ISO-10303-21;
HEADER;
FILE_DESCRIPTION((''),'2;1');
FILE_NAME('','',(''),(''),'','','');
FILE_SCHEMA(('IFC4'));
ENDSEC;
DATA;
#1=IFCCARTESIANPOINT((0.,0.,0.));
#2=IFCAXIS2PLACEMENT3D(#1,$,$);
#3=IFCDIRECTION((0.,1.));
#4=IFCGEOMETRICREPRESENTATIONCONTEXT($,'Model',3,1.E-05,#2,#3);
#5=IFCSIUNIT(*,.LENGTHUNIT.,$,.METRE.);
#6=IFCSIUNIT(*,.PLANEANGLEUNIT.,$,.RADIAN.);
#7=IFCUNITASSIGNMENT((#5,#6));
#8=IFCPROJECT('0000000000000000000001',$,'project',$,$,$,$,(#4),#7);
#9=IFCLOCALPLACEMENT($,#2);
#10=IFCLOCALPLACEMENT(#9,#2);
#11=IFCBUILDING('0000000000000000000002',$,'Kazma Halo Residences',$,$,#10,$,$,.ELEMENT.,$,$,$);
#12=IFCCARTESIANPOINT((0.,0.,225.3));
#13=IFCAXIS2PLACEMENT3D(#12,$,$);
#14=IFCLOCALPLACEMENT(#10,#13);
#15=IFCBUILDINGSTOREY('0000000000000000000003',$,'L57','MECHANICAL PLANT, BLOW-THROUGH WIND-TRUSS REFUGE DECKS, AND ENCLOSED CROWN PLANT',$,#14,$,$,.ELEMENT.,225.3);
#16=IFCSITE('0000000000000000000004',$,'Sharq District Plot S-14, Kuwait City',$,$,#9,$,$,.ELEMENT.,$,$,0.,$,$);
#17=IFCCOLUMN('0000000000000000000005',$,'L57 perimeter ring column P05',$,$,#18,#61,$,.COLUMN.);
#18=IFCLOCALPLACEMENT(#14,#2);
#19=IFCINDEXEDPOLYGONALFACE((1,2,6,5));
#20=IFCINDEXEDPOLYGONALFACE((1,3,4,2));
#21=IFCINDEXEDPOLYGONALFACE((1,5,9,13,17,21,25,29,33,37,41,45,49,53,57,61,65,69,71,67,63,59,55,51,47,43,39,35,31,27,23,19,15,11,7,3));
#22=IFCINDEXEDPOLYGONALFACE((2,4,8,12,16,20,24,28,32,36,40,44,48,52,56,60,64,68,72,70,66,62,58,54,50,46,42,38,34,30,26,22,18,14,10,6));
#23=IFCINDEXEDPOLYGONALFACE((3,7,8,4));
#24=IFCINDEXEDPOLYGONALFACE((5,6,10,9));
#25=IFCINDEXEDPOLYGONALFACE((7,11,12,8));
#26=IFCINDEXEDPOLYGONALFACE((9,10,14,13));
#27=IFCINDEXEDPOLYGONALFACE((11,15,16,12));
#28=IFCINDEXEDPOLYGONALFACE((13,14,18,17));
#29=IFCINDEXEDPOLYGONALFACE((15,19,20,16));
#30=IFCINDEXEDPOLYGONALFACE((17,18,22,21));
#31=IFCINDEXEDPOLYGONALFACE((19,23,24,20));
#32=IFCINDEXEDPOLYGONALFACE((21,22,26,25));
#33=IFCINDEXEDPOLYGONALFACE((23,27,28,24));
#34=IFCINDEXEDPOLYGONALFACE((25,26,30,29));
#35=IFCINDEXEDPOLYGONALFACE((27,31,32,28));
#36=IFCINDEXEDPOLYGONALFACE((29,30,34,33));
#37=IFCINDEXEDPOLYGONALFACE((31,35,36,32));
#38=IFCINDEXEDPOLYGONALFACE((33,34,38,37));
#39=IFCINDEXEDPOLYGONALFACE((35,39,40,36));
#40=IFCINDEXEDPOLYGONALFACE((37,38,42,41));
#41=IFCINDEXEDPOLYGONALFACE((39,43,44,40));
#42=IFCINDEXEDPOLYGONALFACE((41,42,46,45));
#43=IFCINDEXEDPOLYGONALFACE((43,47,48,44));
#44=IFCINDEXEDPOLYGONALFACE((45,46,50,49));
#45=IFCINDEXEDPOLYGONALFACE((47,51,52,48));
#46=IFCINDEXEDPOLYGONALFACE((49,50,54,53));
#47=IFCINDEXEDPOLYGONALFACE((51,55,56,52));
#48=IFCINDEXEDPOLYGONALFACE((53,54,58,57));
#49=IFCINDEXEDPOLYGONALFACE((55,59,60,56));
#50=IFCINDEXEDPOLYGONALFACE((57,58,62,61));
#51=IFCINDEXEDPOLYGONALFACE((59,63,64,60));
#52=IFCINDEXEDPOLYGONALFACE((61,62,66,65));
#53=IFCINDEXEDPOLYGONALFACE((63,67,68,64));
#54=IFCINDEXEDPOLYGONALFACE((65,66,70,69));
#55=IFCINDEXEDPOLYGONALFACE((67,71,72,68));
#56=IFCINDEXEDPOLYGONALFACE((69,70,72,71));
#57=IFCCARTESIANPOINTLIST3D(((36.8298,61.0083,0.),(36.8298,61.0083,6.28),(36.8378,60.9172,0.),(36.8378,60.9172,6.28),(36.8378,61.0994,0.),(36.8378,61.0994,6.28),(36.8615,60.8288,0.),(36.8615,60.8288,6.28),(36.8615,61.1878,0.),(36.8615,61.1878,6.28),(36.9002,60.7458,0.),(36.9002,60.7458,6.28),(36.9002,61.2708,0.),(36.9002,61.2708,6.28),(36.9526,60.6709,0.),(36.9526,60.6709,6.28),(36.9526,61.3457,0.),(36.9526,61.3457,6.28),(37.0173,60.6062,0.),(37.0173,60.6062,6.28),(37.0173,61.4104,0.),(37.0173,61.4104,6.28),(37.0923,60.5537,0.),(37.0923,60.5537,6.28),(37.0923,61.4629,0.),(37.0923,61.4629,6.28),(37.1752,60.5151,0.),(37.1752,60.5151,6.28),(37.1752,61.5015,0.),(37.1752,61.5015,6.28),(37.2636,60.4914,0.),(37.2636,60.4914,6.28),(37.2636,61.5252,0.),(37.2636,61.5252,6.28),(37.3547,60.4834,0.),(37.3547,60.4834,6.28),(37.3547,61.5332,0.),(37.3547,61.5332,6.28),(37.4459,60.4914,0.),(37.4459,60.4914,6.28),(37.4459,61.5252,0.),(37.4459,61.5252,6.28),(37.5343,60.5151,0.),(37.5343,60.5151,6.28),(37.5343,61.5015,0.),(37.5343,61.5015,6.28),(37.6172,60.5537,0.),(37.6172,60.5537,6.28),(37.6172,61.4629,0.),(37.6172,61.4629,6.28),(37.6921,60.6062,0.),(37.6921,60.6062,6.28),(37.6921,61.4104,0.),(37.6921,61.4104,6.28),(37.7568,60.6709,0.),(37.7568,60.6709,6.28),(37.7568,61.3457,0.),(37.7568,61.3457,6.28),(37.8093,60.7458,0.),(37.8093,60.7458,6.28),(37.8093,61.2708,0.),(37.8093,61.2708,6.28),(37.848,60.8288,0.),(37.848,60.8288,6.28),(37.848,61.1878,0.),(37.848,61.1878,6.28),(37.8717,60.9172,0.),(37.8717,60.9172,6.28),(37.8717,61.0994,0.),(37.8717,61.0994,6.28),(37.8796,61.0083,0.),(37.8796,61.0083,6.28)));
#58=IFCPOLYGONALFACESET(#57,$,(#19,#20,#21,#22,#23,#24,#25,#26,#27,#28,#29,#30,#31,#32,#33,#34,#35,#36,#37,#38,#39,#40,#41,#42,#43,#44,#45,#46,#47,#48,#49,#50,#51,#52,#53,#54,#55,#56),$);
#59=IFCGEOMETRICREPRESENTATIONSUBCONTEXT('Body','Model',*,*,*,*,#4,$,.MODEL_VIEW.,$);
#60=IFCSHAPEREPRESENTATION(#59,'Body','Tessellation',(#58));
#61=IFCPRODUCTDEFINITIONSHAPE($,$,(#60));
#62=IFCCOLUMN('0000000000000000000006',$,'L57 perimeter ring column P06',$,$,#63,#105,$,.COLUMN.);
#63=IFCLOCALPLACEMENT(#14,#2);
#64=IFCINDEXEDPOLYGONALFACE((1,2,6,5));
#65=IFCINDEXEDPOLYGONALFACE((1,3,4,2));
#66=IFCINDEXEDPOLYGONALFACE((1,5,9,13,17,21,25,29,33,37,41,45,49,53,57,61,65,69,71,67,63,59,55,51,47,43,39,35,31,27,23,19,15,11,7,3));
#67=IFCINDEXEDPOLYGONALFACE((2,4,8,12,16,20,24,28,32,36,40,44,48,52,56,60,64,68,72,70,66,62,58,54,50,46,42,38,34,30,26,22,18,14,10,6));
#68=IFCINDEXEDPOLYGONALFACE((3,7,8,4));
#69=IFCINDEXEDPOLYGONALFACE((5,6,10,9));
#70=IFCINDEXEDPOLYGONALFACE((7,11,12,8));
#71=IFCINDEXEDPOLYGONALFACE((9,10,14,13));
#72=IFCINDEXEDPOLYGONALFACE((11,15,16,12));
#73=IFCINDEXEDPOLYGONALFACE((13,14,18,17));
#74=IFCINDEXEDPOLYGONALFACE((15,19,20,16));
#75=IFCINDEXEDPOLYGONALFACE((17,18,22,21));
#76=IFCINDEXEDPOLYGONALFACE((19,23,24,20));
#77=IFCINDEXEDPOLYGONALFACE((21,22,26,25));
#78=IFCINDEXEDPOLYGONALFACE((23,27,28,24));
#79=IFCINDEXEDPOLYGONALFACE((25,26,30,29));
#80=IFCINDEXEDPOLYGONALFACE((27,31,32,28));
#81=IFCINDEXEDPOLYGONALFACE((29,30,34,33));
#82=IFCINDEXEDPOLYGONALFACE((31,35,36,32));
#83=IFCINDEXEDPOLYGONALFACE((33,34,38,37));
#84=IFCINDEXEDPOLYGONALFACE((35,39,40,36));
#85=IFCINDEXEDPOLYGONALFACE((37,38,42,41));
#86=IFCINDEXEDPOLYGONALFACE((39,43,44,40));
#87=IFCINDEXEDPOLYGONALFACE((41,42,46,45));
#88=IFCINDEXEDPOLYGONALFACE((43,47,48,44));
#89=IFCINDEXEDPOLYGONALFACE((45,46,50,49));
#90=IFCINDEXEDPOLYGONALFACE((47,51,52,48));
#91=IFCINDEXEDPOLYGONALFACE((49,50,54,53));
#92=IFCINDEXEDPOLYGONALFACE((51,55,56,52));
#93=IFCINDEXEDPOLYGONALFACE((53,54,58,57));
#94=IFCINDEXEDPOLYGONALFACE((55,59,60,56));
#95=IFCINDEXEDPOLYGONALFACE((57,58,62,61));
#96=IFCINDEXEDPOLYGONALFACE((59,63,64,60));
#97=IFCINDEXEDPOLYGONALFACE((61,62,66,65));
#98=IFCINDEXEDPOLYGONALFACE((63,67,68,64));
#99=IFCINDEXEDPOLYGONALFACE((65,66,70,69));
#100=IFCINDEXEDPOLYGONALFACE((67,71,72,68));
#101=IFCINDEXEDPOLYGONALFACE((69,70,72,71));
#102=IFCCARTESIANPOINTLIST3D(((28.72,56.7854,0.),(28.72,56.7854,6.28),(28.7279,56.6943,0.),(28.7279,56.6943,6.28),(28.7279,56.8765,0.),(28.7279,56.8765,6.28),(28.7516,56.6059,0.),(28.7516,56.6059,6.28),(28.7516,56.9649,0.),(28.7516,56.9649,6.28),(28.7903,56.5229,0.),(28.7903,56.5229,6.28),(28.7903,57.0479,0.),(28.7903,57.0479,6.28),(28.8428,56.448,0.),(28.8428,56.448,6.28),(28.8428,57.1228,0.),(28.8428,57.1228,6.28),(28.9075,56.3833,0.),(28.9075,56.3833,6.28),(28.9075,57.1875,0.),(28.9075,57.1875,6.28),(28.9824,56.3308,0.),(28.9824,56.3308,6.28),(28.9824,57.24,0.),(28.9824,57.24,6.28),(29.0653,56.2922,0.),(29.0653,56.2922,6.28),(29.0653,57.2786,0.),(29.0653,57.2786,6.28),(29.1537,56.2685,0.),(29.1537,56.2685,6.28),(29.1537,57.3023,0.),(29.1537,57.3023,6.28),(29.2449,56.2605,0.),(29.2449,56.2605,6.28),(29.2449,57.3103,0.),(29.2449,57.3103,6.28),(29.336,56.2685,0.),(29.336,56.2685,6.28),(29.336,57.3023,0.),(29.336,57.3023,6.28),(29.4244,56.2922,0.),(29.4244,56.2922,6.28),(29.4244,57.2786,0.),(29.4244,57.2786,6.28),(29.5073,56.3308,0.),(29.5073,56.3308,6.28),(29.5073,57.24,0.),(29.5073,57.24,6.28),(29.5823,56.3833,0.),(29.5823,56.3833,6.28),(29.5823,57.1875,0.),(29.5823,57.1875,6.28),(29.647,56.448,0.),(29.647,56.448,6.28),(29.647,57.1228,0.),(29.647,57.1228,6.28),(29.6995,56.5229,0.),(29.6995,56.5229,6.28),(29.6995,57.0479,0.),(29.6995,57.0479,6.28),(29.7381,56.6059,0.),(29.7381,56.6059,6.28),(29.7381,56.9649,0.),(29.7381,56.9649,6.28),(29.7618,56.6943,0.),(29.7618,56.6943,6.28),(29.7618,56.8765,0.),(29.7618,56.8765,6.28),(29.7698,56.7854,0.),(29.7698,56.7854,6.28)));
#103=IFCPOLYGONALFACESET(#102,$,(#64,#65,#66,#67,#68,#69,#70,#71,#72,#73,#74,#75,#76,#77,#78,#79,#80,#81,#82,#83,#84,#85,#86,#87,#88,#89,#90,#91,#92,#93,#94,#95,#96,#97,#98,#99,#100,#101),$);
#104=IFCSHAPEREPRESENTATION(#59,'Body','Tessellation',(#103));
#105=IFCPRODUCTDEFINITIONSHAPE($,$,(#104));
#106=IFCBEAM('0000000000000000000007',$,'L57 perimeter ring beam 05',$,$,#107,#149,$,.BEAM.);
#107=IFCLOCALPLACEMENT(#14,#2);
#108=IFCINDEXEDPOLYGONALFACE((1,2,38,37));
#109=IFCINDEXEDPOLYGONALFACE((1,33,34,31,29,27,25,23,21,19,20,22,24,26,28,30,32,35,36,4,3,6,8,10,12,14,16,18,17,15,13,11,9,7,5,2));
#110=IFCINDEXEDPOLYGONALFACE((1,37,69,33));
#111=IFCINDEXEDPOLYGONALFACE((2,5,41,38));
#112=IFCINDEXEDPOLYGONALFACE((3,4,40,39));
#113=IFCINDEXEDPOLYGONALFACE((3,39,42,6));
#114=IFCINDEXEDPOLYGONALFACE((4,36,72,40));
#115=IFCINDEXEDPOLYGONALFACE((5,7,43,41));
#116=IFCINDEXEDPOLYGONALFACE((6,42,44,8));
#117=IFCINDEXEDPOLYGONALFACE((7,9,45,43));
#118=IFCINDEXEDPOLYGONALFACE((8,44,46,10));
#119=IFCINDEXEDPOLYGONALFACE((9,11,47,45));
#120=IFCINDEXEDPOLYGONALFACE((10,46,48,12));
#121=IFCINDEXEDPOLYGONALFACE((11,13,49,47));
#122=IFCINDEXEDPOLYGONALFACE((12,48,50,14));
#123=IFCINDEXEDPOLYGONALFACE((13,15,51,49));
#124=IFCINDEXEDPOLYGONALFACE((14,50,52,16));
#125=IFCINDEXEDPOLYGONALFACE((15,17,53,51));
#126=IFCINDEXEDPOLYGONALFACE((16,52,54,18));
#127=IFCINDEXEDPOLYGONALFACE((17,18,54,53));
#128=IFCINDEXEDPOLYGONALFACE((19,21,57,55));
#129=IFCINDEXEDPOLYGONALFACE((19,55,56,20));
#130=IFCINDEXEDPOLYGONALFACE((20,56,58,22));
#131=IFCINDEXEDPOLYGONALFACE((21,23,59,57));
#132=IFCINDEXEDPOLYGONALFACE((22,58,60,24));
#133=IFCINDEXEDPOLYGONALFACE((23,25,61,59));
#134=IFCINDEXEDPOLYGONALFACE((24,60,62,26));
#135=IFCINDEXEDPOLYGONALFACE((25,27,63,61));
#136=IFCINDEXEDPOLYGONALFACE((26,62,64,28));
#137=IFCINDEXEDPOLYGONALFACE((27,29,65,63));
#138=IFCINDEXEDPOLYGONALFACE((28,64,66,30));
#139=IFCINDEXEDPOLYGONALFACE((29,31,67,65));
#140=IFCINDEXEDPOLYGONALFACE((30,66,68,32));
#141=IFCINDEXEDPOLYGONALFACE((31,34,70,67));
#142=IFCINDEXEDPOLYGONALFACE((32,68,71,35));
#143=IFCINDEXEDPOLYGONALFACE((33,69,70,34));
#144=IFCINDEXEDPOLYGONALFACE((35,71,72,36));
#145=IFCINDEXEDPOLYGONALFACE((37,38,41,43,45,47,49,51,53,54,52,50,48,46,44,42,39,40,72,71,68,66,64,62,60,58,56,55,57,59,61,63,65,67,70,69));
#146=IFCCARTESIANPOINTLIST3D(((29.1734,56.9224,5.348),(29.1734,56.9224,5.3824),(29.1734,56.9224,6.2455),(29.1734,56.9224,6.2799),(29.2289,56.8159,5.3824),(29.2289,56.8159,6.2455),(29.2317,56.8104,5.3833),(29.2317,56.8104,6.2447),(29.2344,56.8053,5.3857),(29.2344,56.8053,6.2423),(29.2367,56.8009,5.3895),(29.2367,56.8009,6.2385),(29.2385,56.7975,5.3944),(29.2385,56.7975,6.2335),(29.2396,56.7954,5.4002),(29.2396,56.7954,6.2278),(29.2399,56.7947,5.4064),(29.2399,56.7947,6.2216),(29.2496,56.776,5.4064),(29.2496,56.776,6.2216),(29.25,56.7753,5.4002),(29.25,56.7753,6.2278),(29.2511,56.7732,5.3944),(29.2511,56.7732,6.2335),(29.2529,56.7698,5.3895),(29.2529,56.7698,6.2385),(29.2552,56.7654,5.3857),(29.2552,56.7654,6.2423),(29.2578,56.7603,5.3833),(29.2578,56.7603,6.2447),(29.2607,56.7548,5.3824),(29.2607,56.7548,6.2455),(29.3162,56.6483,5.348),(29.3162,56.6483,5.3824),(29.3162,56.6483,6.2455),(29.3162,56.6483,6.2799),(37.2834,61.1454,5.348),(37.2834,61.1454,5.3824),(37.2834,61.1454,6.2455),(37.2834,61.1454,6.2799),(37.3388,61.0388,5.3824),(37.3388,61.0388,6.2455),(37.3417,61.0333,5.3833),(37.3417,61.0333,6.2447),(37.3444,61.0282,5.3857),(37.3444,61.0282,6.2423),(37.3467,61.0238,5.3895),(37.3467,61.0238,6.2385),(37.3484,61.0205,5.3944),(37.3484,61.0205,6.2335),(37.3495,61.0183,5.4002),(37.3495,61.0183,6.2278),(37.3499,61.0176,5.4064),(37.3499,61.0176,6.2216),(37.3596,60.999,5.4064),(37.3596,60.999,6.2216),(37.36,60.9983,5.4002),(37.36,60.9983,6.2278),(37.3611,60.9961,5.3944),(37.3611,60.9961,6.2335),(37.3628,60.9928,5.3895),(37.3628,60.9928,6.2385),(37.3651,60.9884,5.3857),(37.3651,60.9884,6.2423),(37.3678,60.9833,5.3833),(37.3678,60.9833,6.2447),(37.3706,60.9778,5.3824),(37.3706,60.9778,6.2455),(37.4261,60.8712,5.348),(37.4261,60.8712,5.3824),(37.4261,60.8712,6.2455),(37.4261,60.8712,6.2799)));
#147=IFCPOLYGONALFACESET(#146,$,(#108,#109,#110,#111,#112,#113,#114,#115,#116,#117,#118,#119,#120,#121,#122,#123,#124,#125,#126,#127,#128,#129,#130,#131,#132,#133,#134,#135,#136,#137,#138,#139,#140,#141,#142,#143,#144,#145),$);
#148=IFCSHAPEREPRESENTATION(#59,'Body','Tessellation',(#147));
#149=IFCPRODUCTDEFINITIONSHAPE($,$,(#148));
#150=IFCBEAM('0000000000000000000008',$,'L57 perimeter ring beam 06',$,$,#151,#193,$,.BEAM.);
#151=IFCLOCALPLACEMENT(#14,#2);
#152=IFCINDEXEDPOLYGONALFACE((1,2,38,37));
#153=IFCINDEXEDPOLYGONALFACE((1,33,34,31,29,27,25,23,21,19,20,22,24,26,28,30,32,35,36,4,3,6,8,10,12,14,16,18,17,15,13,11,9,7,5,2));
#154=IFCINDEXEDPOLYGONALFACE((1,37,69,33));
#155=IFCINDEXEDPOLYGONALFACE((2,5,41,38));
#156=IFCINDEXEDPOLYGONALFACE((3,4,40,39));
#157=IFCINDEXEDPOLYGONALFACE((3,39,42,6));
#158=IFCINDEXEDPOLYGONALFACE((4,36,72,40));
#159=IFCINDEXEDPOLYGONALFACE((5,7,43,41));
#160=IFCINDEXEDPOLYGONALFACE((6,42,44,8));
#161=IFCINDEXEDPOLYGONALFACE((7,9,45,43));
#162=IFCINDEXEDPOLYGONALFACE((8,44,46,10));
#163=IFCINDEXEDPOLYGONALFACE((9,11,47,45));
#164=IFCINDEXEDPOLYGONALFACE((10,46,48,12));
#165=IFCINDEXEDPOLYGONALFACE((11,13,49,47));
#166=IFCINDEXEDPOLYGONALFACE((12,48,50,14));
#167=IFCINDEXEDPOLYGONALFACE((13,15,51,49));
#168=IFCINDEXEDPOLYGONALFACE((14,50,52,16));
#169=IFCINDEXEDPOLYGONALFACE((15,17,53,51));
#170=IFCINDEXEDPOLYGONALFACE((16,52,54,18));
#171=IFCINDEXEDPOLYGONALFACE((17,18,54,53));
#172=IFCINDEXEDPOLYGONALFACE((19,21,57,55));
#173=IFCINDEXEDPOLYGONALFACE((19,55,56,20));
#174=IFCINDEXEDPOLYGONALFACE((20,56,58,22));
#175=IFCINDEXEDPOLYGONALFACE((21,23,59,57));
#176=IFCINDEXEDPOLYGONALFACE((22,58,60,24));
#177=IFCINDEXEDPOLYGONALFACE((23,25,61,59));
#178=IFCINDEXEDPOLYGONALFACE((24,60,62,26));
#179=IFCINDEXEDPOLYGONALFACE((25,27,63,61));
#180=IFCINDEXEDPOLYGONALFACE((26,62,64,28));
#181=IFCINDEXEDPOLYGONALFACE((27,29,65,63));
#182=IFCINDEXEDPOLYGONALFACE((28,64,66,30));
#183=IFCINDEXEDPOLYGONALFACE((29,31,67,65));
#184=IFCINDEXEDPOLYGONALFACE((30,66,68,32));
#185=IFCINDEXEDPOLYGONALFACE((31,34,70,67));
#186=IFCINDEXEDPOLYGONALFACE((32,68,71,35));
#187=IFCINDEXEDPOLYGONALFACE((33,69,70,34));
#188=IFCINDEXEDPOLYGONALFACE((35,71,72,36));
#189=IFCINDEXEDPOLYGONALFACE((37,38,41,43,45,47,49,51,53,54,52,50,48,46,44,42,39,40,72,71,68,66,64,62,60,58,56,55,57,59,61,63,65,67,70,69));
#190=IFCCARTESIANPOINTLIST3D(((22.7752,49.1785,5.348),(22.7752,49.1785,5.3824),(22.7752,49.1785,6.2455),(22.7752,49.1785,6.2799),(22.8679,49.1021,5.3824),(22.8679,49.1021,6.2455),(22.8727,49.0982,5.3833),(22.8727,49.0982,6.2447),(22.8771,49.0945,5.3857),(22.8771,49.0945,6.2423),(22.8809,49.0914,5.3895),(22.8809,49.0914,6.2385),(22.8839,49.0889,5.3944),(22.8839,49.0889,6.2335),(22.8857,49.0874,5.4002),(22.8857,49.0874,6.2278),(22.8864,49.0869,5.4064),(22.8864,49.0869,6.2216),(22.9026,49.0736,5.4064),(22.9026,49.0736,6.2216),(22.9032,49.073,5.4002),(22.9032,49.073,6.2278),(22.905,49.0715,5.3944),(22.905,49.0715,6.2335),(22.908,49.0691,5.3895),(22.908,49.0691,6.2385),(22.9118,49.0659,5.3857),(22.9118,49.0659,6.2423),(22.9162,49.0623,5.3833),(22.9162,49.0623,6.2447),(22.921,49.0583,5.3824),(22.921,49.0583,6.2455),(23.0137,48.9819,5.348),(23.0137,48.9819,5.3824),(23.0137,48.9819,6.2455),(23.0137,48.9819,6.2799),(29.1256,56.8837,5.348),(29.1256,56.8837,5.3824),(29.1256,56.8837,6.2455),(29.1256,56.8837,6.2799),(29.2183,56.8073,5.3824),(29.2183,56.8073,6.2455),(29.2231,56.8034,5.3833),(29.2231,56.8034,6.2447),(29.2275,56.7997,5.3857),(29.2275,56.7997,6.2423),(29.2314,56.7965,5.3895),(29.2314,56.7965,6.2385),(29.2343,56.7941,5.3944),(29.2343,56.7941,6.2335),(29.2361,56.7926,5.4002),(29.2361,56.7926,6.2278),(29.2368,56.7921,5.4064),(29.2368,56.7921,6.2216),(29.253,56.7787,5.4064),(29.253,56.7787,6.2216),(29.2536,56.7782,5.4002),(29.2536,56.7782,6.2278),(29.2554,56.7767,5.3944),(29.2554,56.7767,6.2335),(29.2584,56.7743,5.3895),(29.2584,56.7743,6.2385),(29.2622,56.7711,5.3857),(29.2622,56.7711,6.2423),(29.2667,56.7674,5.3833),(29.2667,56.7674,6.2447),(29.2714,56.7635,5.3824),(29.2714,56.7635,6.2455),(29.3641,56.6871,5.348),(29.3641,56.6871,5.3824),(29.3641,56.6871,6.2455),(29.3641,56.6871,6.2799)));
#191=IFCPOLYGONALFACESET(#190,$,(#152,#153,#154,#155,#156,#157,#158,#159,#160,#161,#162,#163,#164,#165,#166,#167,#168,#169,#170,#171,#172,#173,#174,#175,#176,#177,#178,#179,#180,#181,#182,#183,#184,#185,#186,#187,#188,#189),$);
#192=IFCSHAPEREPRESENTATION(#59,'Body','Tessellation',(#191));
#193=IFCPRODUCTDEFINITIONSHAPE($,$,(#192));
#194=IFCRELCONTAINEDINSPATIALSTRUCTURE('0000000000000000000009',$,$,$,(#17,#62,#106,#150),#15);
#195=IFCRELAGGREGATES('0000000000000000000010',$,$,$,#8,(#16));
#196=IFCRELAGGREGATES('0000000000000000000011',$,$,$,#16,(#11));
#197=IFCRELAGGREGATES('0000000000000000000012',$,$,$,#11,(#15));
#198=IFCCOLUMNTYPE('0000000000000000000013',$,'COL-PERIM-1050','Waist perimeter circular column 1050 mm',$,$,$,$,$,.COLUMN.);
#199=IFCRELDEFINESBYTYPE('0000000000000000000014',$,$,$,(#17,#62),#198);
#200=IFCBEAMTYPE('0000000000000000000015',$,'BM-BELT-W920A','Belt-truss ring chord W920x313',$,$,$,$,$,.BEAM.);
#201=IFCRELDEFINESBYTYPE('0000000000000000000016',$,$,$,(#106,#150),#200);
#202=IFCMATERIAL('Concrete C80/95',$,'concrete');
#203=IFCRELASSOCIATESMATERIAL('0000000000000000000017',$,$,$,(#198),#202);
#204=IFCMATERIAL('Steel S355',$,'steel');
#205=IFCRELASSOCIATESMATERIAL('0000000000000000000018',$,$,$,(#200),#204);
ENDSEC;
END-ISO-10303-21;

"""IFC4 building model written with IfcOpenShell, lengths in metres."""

from ifc_helpers import new_model, si_unit, direction, frame, origin, origin_2d, place, context, subcontext, project, spatial, circle, i_section, extrude, material, material_profile, profile_set, type_object, element, save


model = new_model("IFC4")

# Units and contexts
model_context = context("Model", 3, precision=1e-05, world=origin(), true_north=direction((0.0, 1.0)))
body_context = subcontext(model_context, "Body", "Model", "MODEL_VIEW")
ifc_project = project(units=[si_unit("LENGTHUNIT", "METRE"), si_unit("PLANEANGLEUNIT", "RADIAN")], contexts=[model_context])

# Site, building, storey
site_placement = place(None, origin())
site = spatial("IfcSite", under=ifc_project, at=site_placement, Name="Sharq District Plot S-14, Kuwait City", CompositionType="ELEMENT", RefElevation=0.0)
building_placement = place(site_placement, origin())
building = spatial("IfcBuilding", under=site, at=building_placement, Name="Kazma Halo Residences", CompositionType="ELEMENT")
storey_placement = place(building_placement, frame((0.0, 0.0, 225.3)))
storey = spatial("IfcBuildingStorey", under=building, at=storey_placement, Name="L57", Description="MECHANICAL PLANT, BLOW-THROUGH WIND-TRUSS REFUGE DECKS, AND ENCLOSED CROWN PLANT", CompositionType="ELEMENT", Elevation=225.3)

# Columns
ifc_material_1 = material(Name="Concrete C80/95", Category="concrete")
ifc_material_profile_1 = material_profile(ifc_material_1, circle(Radius=0.5249, at=origin_2d()), Name="CIRC1050")
ifc_profile_set_1 = profile_set([ifc_material_profile_1], Name="Concrete C80/95")
column_type = type_object("IfcColumnType", Name="COL-PERIM-1050", Description="Waist perimeter circular column 1050 mm", PredefinedType="COLUMN", material=ifc_profile_set_1)
for number, where, z_axis, x_axis, name in (
    (1, (37.3547, 61.0083, 0.0), (0.0, 0.0, 1.0), (1.0, 0.0, 0.0), "L57 perimeter ring column P05"),
    (2, (29.2449, 56.7854, 0.0), (0.0, 0.0, 1.0), (1.0, 0.0, 0.0), "L57 perimeter ring column P06"),
):
    element("IfcColumn", number, at=place(storey_placement, frame(where, z_axis=z_axis, x_axis=x_axis)), inside=storey, type_object=column_type, Name=name, PredefinedType="COLUMN", context=body_context, shape_type="SweptSolid", body=[
        extrude(circle(Radius=0.5249, at=origin_2d()), origin(), (0.0, 0.0, 1.0), 6.28),
    ])

# Beams
ifc_material_2 = material(Name="Steel S355", Category="steel")
ifc_material_profile_2 = material_profile(ifc_material_2, i_section(OverallWidth=0.3091, OverallDepth=0.9319, WebThickness=0.021, FlangeThickness=0.0344, FilletRadius=0.0239, at=origin_2d()), Name="W920x313")
ifc_profile_set_2 = profile_set([ifc_material_profile_2], Name="Steel S355")
beam_type_1 = type_object("IfcBeamType", Name="BM-BELT-W920A", Description="Belt-truss ring chord W920x313", PredefinedType="BEAM", material=ifc_profile_set_2)
beam_1_placement = place(storey_placement, frame((37.3547, 61.0083, 5.814), z_axis=(-0.886958, -0.46185, 0.0), x_axis=(0.46185, -0.886958, 0.0)))
element("IfcBeam", 3, at=beam_1_placement, inside=storey, type_object=beam_type_1, Name="L57 perimeter ring beam 05", PredefinedType="BEAM", context=body_context, shape_type="SweptSolid", body=[
    extrude(i_section(OverallWidth=0.3091, OverallDepth=0.9319, WebThickness=0.021, FlangeThickness=0.0344, FilletRadius=0.0239, at=origin_2d()), origin(), (0.0, 0.0, 1.0), 9.1436),
])
beam_2_placement = place(storey_placement, frame((29.2449, 56.7854, 5.814), z_axis=(-0.636005, -0.771685, 0.0), x_axis=(0.771685, -0.636005, 0.0)))
element("IfcBeam", 4, at=beam_2_placement, inside=storey, type_object=beam_type_1, Name="L57 perimeter ring beam 06", PredefinedType="BEAM", context=body_context, shape_type="SweptSolid", body=[
    extrude(i_section(OverallWidth=0.3091, OverallDepth=0.9319, WebThickness=0.021, FlangeThickness=0.0344, FilletRadius=0.0239, at=origin_2d()), origin(), (0.0, 0.0, 1.0), 9.9849),
])

save(model, "model.ifc")
